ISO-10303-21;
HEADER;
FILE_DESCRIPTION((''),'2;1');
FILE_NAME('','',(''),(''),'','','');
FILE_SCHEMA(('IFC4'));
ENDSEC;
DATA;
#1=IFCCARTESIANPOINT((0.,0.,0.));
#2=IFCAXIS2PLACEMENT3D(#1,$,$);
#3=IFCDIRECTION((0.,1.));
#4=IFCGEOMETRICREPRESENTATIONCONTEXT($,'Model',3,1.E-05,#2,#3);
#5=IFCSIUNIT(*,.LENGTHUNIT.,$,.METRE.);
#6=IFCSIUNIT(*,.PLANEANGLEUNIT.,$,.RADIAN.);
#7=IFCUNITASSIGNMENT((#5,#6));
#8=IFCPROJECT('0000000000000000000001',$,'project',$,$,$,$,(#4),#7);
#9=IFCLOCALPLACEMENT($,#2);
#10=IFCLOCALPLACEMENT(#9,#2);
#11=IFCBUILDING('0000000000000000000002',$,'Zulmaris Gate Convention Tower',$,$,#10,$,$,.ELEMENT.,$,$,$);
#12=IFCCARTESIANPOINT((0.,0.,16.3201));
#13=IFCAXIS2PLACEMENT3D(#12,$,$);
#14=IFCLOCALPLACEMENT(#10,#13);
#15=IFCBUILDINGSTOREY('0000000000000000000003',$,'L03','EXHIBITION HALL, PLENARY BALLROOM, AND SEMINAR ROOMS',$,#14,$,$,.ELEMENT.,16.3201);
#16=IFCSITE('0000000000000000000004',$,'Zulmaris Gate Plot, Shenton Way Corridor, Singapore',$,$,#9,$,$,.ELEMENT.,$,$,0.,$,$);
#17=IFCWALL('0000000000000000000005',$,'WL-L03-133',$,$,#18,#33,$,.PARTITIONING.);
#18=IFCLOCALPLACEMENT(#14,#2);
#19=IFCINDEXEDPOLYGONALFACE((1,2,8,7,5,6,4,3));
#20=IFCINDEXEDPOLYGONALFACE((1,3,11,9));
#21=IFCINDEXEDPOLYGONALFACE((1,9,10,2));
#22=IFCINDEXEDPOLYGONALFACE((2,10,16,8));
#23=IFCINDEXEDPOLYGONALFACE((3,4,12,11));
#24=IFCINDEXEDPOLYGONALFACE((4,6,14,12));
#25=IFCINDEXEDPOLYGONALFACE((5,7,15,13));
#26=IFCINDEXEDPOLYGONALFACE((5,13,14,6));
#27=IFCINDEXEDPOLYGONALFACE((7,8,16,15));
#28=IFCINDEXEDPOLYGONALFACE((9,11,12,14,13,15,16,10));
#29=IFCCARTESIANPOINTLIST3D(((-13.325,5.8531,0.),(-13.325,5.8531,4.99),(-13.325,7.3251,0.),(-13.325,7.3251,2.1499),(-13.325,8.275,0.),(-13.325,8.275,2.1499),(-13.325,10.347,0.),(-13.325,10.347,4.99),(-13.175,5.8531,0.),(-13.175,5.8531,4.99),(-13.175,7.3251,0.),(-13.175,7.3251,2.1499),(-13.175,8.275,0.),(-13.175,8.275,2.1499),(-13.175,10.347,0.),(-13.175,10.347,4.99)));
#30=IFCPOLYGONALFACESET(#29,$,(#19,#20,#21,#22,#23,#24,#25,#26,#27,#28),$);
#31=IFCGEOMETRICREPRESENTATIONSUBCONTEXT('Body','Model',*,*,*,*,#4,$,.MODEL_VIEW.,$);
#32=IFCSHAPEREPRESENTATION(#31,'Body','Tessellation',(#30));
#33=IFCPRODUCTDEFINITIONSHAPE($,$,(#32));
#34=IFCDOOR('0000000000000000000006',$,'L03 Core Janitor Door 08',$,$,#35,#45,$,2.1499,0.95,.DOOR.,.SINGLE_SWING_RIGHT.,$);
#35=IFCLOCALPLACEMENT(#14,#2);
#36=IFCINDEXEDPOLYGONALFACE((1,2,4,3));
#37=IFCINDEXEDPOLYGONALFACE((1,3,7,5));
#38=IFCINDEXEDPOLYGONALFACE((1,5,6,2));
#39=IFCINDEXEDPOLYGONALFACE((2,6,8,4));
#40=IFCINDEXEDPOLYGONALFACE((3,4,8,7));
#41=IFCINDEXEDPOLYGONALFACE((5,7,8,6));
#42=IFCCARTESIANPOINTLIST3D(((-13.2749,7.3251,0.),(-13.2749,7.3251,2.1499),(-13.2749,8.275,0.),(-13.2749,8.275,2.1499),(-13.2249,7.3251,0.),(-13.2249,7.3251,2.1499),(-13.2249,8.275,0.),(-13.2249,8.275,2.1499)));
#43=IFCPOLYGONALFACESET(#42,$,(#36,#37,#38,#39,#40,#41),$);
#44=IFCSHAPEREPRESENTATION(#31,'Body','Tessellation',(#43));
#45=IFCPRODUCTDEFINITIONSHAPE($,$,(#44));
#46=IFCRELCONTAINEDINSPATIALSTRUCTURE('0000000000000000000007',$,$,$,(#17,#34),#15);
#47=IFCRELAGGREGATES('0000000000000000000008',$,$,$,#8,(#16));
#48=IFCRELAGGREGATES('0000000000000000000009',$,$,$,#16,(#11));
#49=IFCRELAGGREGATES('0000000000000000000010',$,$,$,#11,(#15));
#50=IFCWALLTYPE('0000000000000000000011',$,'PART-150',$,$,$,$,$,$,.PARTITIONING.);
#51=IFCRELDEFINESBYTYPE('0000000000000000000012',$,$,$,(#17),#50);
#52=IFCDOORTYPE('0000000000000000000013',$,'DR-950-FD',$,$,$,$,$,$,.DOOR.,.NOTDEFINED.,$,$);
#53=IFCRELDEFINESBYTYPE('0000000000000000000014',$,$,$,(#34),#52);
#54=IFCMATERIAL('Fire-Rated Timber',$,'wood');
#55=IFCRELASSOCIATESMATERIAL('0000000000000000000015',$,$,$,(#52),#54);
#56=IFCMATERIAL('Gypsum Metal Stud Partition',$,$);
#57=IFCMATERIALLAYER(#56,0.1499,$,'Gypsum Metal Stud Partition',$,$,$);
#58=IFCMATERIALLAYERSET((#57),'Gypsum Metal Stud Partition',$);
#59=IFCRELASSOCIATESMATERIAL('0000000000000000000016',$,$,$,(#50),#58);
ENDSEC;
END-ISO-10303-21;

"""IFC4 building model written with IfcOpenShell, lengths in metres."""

from ifc_helpers import new_model, si_unit, direction, frame, frame_2d, origin, place, context, subcontext, project, spatial, rectangle, extrude, material, layer, layer_set, type_object, element, fill, save


model = new_model("IFC4")

# Units and contexts
model_context = context("Model", 3, precision=1e-05, world=origin(), true_north=direction((0.0, 1.0)))
body_context = subcontext(model_context, "Body", "Model", "MODEL_VIEW")
ifc_project = project(units=[si_unit("LENGTHUNIT", "METRE"), si_unit("PLANEANGLEUNIT", "RADIAN")], contexts=[model_context])

# Site, building, storey
site_placement = place(None, origin())
site = spatial("IfcSite", under=ifc_project, at=site_placement, Name="Zulmaris Gate Plot, Shenton Way Corridor, Singapore", CompositionType="ELEMENT", RefElevation=0.0)
building_placement = place(site_placement, origin())
building = spatial("IfcBuilding", under=site, at=building_placement, Name="Zulmaris Gate Convention Tower", CompositionType="ELEMENT")
storey_placement = place(building_placement, frame((0.0, 0.0, 16.3201)))
storey = spatial("IfcBuildingStorey", under=building, at=storey_placement, Name="L03", Description="EXHIBITION HALL, PLENARY BALLROOM, AND SEMINAR ROOMS", CompositionType="ELEMENT", Elevation=16.3201)

# Shared definitions
ifc_material_1 = material(Name="Fire-Rated Timber", Category="wood")
door_type_1 = type_object("IfcDoorType", Name="DR-950-FD", OperationType="NOTDEFINED", PredefinedType="DOOR", material=ifc_material_1)

# Shared definitions
ifc_material_2 = material(Name="Gypsum Metal Stud Partition")
ifc_layer_1 = layer(ifc_material_2, 0.1499, Name="Gypsum Metal Stud Partition")
ifc_layer_set_1 = layer_set([ifc_layer_1], Name="Gypsum Metal Stud Partition")
wall_type_1 = type_object("IfcWallType", Name="PART-150", PredefinedType="PARTITIONING", material=ifc_layer_set_1)

# Wall, opening, door
wall_1_placement = place(storey_placement, frame((-13.25, 5.853, 0.0), z_axis=(0.0, 0.0, 1.0), x_axis=(0.0, 1.0, 0.0)))
wall_1 = element("IfcWall", 1, at=wall_1_placement, inside=storey, type_object=wall_type_1, Name="WL-L03-133", PredefinedType="PARTITIONING", context=body_context, shape_type="SweptSolid", body=[
    extrude(rectangle(XDim=4.4939, YDim=0.1499, at=frame_2d((2.2471, 0.0))), origin(), (0.0, 0.0, 1.0), 4.99),
])
opening_1_placement = place(wall_1_placement, frame((1.4719, 0.0, 0.0)))
opening_1 = element("IfcOpeningElement", 2, at=opening_1_placement, cuts=wall_1, PredefinedType="OPENING", context=body_context, shape_type="SweptSolid", body=[
    extrude(rectangle(XDim=0.95, YDim=2.1499, at=frame_2d((0.4751, 1.075))), frame((0.0, 0.085, 0.0), z_axis=(0.0, -1.0, 0.0), x_axis=(1.0, 0.0, 0.0)), (0.0, 0.0, 1.0), 0.1699),
])
door_1_placement = place(opening_1_placement, origin())
door_1 = element("IfcDoor", 3, at=door_1_placement, inside=storey, type_object=door_type_1, Name="L03 Core Janitor Door 08", OperationType="SINGLE_SWING_RIGHT", OverallHeight=2.1499, OverallWidth=0.95, PredefinedType="DOOR", context=body_context, shape_type="SweptSolid", body=[
    extrude(rectangle(XDim=0.95, YDim=2.1499, at=frame_2d((0.4751, 1.075))), frame((0.0, 0.0249, 0.0), z_axis=(0.0, -1.0, 0.0), x_axis=(1.0, 0.0, 0.0)), (0.0, 0.0, 1.0), 0.05),
])
fill(opening_1, door_1)

save(model, "model.ifc")
